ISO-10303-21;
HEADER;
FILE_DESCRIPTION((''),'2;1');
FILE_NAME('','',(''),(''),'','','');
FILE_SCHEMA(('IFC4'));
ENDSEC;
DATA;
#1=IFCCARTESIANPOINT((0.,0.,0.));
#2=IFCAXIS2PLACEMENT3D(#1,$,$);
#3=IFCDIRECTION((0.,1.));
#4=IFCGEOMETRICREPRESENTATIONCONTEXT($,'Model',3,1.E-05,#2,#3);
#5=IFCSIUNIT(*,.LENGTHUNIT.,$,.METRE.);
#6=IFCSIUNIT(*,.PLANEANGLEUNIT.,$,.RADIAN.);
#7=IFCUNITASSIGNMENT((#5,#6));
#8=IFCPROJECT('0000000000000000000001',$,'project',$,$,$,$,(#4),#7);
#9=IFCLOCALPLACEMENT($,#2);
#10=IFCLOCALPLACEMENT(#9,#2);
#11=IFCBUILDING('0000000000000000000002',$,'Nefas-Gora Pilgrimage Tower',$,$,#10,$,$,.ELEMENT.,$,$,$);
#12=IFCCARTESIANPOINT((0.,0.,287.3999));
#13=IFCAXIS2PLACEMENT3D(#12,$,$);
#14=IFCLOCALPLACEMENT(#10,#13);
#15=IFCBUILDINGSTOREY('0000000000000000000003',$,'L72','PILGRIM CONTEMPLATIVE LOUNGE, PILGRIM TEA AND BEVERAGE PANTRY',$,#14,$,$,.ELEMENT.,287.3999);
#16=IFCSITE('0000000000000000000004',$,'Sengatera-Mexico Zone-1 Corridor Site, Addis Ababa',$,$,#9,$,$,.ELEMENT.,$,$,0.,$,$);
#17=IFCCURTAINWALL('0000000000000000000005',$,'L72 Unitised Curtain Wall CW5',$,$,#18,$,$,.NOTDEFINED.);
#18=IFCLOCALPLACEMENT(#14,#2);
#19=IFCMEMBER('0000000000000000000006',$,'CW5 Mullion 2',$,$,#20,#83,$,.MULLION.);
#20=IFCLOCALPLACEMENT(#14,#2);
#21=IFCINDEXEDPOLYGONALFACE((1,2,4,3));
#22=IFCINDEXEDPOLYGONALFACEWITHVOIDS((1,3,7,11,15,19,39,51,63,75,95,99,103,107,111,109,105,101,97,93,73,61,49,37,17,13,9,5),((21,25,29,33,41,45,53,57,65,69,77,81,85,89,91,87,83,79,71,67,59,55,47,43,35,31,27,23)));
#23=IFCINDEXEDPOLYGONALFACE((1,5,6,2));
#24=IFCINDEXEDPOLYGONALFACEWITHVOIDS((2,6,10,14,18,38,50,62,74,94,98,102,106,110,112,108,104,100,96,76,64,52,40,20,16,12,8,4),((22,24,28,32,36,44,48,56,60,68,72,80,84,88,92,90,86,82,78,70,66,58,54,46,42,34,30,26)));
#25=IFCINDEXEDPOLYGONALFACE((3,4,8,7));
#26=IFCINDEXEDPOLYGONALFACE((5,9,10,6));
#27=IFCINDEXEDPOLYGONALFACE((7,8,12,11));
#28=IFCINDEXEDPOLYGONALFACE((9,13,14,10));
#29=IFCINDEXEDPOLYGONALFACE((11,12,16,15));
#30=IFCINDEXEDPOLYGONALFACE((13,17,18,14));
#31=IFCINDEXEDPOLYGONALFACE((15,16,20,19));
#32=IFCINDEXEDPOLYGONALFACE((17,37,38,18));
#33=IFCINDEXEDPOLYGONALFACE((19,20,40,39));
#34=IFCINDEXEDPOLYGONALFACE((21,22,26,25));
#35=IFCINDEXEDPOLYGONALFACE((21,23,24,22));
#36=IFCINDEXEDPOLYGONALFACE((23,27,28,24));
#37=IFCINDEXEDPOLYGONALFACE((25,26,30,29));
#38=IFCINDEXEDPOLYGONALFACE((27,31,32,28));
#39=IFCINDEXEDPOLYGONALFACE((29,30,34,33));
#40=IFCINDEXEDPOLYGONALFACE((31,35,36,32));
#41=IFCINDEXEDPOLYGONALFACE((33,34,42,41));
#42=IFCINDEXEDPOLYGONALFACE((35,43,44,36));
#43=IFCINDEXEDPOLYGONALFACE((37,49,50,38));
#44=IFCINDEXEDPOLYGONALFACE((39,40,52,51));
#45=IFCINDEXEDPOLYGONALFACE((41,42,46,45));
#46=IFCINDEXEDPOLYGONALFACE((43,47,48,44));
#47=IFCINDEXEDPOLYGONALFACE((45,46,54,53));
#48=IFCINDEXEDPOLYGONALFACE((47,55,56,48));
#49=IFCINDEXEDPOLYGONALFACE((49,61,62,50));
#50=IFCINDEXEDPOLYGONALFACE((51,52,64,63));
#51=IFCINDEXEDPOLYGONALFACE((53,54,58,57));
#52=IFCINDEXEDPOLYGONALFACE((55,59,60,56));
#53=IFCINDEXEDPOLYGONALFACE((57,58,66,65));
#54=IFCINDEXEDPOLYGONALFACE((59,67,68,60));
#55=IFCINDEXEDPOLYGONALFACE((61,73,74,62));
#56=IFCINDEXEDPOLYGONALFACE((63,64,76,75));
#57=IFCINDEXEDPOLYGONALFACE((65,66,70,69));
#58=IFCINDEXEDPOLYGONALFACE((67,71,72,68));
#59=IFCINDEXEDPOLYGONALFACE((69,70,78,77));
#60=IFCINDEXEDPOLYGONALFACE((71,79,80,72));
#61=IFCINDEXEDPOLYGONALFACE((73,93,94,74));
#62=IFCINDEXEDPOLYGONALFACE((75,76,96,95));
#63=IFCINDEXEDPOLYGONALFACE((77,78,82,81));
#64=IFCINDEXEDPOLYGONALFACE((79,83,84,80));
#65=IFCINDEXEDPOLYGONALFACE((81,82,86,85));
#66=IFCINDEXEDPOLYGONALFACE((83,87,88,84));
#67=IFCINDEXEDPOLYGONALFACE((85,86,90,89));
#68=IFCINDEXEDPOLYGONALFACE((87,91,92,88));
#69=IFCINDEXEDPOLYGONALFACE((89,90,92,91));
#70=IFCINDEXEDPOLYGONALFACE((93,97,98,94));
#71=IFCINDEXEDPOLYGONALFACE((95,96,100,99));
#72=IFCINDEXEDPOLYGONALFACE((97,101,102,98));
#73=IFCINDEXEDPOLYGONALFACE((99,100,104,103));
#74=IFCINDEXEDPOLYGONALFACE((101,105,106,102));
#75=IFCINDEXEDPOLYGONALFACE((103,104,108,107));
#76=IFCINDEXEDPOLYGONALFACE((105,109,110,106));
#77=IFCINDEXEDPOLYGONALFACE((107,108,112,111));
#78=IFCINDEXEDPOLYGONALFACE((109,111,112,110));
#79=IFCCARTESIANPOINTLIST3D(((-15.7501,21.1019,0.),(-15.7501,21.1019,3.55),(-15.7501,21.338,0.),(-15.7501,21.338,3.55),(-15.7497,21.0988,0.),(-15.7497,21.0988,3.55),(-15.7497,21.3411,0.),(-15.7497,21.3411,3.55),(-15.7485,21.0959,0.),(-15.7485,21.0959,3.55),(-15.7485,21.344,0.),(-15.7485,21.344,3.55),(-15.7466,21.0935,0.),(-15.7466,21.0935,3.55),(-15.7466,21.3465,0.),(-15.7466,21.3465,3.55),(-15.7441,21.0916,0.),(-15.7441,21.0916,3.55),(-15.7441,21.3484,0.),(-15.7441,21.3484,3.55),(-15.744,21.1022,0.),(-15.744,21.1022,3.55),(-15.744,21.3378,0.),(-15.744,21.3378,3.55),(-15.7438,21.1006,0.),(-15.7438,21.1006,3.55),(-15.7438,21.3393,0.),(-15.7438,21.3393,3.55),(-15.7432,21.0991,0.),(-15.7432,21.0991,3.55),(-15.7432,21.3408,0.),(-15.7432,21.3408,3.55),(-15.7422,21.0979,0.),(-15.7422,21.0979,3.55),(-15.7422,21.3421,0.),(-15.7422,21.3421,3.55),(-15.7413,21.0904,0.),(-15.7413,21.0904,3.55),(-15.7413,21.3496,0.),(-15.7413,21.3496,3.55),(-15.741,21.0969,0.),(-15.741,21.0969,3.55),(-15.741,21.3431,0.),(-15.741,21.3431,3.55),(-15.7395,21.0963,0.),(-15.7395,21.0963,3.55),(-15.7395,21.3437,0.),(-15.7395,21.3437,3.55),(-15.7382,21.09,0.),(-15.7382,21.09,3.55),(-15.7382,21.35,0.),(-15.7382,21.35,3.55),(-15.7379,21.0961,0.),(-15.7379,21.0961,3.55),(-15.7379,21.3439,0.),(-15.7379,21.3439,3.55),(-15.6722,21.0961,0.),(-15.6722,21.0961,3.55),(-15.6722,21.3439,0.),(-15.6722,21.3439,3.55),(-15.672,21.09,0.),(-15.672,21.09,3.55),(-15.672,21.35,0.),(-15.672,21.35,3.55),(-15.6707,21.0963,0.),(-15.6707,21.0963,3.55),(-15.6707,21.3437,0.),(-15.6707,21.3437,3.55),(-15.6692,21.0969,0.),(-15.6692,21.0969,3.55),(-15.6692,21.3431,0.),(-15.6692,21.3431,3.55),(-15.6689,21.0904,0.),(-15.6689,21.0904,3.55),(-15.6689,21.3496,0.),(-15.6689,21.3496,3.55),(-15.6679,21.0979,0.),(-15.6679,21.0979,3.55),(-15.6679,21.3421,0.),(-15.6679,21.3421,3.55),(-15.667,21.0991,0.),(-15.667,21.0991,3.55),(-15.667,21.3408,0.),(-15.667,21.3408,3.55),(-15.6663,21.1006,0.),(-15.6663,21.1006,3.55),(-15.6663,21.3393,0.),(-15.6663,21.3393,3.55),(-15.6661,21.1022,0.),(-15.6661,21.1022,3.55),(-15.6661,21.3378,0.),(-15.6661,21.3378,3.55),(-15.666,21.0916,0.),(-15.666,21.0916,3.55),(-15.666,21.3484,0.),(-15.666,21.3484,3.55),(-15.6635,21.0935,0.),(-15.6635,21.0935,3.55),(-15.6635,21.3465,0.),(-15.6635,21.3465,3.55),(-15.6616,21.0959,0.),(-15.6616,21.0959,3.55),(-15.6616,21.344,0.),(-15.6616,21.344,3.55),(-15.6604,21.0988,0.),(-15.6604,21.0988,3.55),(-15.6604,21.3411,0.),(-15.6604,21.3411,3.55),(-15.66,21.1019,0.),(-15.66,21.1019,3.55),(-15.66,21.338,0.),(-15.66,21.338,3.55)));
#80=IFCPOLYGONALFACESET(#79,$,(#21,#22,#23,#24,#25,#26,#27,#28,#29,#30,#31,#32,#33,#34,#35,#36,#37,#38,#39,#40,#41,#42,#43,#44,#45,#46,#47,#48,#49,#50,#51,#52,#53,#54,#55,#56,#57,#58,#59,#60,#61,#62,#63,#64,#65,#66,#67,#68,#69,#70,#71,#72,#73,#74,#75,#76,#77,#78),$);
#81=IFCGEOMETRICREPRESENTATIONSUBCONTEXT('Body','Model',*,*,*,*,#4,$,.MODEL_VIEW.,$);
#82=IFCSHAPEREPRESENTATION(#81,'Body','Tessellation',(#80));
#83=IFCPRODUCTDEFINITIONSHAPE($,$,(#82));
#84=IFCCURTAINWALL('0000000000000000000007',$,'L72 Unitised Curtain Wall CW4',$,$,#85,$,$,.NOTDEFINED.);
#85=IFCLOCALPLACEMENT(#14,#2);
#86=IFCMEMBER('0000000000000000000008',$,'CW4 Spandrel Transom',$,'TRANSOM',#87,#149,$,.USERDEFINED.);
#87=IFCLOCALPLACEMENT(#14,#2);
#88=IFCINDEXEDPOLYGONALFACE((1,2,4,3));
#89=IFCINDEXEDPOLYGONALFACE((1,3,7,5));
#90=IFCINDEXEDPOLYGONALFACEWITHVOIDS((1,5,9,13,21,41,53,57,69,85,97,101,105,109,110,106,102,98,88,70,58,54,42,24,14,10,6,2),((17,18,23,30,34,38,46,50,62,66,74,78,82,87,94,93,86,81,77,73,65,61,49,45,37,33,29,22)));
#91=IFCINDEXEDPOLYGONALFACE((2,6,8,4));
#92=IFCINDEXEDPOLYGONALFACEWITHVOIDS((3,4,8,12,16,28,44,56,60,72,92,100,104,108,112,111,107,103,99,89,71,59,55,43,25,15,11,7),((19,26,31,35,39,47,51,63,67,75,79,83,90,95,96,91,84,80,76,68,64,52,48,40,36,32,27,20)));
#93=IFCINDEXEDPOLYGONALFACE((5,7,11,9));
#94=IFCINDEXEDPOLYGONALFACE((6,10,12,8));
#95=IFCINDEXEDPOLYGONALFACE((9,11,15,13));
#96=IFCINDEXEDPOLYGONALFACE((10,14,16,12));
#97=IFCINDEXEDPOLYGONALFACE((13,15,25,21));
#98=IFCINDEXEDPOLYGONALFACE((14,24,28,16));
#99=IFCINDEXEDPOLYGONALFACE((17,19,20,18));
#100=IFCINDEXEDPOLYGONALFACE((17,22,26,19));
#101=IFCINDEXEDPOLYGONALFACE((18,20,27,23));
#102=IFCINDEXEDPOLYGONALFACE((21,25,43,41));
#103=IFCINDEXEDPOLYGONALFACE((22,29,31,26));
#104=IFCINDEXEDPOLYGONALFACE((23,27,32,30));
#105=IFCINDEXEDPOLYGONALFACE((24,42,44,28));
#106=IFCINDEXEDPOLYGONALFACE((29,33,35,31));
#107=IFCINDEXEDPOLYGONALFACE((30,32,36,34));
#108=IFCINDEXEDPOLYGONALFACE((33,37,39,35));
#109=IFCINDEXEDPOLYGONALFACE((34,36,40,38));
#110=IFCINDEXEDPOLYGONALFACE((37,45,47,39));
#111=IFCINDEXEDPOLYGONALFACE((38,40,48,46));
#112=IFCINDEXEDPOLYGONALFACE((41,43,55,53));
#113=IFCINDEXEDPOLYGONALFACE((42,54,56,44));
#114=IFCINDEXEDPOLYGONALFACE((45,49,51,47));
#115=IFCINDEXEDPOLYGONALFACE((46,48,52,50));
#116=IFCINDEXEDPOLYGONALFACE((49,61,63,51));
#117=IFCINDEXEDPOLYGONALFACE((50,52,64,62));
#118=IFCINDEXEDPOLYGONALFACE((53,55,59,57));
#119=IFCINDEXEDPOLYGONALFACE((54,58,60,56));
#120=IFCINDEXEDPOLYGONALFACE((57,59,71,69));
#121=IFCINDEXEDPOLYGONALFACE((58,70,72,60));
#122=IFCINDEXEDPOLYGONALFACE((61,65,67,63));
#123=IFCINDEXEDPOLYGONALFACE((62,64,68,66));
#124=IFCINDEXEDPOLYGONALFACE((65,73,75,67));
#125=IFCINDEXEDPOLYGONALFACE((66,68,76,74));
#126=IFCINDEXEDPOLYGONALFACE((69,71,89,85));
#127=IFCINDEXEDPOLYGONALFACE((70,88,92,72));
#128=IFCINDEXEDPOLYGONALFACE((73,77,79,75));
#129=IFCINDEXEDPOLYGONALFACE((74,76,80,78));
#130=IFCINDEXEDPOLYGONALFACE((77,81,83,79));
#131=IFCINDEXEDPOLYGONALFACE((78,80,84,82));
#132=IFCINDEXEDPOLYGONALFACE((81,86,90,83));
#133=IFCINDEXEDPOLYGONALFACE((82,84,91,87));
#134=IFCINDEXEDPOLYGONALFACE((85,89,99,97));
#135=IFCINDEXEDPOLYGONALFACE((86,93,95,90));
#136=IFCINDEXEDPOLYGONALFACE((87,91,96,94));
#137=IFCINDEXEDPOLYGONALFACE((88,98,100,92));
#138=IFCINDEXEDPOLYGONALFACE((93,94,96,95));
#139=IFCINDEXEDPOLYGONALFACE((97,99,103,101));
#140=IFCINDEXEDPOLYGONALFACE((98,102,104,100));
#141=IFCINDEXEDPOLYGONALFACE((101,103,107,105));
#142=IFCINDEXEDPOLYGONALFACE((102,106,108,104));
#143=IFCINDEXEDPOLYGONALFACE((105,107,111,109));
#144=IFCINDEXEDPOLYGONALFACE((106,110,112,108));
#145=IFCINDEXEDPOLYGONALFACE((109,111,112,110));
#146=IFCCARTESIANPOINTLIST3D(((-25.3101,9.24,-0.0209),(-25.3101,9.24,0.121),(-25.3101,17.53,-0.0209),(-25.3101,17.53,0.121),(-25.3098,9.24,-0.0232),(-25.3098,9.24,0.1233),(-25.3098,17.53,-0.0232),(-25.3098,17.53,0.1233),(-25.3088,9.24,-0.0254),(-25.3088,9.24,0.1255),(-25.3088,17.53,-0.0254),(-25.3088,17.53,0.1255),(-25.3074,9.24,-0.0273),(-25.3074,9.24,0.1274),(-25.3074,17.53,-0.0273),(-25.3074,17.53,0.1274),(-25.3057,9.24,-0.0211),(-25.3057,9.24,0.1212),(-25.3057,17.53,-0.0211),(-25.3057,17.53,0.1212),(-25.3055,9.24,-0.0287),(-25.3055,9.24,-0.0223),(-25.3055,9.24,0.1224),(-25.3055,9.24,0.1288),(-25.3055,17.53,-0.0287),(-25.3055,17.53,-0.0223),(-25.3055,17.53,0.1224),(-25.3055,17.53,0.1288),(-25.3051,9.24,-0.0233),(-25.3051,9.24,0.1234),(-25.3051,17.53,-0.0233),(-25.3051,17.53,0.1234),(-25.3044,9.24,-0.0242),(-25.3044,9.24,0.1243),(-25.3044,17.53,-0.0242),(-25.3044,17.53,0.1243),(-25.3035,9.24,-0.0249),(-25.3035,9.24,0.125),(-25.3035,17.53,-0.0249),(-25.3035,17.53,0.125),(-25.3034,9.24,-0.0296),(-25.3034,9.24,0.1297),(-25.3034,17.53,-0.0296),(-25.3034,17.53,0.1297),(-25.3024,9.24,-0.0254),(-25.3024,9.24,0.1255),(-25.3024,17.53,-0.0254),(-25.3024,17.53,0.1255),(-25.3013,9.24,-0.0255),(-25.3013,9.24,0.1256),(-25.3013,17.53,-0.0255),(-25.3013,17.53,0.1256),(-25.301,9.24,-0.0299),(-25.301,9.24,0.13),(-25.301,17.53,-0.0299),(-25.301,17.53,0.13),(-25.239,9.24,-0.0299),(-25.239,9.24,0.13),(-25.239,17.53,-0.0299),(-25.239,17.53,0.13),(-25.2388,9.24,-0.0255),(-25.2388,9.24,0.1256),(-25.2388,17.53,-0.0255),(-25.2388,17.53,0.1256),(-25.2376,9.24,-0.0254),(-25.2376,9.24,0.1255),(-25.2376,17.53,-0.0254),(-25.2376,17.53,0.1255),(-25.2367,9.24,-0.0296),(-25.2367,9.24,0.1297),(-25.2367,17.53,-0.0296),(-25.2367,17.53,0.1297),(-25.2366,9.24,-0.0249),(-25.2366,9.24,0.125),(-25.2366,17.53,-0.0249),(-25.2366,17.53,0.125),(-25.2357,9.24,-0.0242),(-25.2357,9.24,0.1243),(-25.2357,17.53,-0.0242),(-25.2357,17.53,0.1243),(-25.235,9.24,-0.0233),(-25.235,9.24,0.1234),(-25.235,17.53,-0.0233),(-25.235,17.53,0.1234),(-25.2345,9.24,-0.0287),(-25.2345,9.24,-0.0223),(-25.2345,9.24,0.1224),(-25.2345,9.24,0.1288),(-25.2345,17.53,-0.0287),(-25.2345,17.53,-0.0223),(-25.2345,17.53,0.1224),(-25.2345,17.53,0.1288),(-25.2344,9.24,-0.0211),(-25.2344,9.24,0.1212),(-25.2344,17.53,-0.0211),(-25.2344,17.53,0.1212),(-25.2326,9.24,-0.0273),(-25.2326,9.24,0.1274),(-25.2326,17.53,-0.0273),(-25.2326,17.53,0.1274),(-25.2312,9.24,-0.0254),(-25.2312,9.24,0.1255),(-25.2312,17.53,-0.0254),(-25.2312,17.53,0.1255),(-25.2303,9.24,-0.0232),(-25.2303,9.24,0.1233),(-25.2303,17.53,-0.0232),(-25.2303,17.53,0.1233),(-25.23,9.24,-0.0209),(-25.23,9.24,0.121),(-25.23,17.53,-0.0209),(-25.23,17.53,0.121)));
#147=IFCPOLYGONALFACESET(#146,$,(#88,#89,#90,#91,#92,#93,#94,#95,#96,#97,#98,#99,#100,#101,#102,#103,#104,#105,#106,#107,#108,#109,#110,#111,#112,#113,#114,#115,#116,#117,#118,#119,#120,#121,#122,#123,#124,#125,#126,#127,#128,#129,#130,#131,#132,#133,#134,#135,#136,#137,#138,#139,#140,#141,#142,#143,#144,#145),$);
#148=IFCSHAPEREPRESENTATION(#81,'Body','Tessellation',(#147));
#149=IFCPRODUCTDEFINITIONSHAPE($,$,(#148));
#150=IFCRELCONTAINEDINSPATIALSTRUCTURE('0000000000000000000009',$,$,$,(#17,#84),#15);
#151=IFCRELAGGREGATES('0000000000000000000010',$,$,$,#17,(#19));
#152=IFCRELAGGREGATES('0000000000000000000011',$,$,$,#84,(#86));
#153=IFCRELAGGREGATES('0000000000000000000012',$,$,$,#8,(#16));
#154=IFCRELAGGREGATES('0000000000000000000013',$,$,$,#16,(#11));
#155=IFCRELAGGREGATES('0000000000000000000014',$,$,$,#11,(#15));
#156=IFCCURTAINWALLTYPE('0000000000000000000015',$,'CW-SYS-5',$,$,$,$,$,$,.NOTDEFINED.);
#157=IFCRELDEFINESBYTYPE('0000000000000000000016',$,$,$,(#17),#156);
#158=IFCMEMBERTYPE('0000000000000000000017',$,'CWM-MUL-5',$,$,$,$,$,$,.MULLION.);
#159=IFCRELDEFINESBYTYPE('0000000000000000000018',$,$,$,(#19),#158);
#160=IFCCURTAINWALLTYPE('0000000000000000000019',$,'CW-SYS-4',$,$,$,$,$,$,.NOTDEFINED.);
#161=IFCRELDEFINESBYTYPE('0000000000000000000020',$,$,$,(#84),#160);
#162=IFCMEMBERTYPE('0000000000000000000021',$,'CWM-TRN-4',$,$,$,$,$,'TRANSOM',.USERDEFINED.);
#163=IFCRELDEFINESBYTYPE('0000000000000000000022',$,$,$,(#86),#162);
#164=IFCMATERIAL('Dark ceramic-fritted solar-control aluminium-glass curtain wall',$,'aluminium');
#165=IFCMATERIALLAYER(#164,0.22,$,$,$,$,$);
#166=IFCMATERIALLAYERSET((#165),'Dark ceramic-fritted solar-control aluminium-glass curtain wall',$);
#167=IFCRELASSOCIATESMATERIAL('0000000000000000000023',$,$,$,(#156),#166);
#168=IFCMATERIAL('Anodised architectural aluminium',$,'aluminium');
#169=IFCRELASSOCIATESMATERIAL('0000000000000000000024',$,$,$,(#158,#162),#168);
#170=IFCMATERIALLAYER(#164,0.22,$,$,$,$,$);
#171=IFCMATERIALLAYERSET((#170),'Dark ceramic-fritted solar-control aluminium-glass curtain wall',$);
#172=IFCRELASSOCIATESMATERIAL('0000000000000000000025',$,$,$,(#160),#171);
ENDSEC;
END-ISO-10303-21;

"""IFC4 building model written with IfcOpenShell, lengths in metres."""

from ifc_helpers import new_model, si_unit, direction, frame, origin, origin_2d, place, context, subcontext, project, spatial, hollow_rectangle, extrude, source, transform, mapped, material, layer, layer_set, material_profile, profile_set, type_object, element, aggregate, save


model = new_model("IFC4")

# Units and contexts
model_context = context("Model", 3, precision=1e-05, world=origin(), true_north=direction((0.0, 1.0)))
body_context = subcontext(model_context, "Body", "Model", "MODEL_VIEW")
ifc_project = project(units=[si_unit("LENGTHUNIT", "METRE"), si_unit("PLANEANGLEUNIT", "RADIAN")], contexts=[model_context])

# Site, building, storey
site_placement = place(None, origin())
site = spatial("IfcSite", under=ifc_project, at=site_placement, Name="Sengatera-Mexico Zone-1 Corridor Site, Addis Ababa", CompositionType="ELEMENT", RefElevation=0.0)
building_placement = place(site_placement, origin())
building = spatial("IfcBuilding", under=site, at=building_placement, Name="Nefas-Gora Pilgrimage Tower", CompositionType="ELEMENT")
storey_placement = place(building_placement, frame((0.0, 0.0, 287.3999)))
storey = spatial("IfcBuildingStorey", under=building, at=storey_placement, Name="L72", Description="PILGRIM CONTEMPLATIVE LOUNGE, PILGRIM TEA AND BEVERAGE PANTRY", CompositionType="ELEMENT", Elevation=287.3999)

# Curtain walls, members
ifc_material_1 = material(Name="Dark ceramic-fritted solar-control aluminium-glass curtain wall", Category="aluminium")
ifc_layer_1 = layer(ifc_material_1, 0.22)
ifc_layer_set_1 = layer_set([ifc_layer_1], Name="Dark ceramic-fritted solar-control aluminium-glass curtain wall")
curtain_wall_type_1 = type_object("IfcCurtainWallType", Name="CW-SYS-5", PredefinedType="NOTDEFINED", material=ifc_layer_set_1)
curtain_wall_1_placement = place(storey_placement, origin())
curtain_wall_1 = element("IfcCurtainWall", 1, at=curtain_wall_1_placement, inside=storey, type_object=curtain_wall_type_1, Name="L72 Unitised Curtain Wall CW5", PredefinedType="NOTDEFINED")
ifc_material_2 = material(Name="Anodised architectural aluminium", Category="aluminium")
ifc_material_profile_1 = material_profile(ifc_material_2, hollow_rectangle(XDim=0.0901, YDim=0.26, WallThickness=0.0061, InnerFilletRadius=0.0061, OuterFilletRadius=0.012, at=origin_2d()), Name="ALU MULLION 90x260")
ifc_profile_set_1 = profile_set([ifc_material_profile_1], Name="Anodised architectural aluminium")
member_type_1 = type_object("IfcMemberType", Name="CWM-MUL-5", PredefinedType="MULLION", material=ifc_profile_set_1)
shared_shape_1 = source(origin(), body_context, "Body", "SweptSolid", [
    extrude(hollow_rectangle(XDim=0.0901, YDim=0.26, WallThickness=0.0061, InnerFilletRadius=0.0061, OuterFilletRadius=0.012, at=origin_2d()), origin(), (0.0, 0.0, 1.0), 3.55),
])
member_1_placement = place(storey_placement, frame((-15.7051, 21.22, 0.0), z_axis=(0.0, 0.0, 1.0), x_axis=(-1.0, 0.0, 0.0)))
member_1 = element("IfcMember", 2, at=member_1_placement, type_object=member_type_1, Name="CW5 Mullion 2", PredefinedType="MULLION", context=body_context, shape_type="MappedRepresentation", body=[
    mapped(shared_shape_1, transform((0.0, 0.0, 0.0), x_axis=(1.0, 0.0, 0.0), y_axis=(0.0, 1.0, 0.0), z_axis=(0.0, 0.0, 1.0), scale=1.0)),
])
ifc_layer_2 = layer(ifc_material_1, 0.22)
ifc_layer_set_2 = layer_set([ifc_layer_2], Name="Dark ceramic-fritted solar-control aluminium-glass curtain wall")
curtain_wall_type_2 = type_object("IfcCurtainWallType", Name="CW-SYS-4", PredefinedType="NOTDEFINED", material=ifc_layer_set_2)
curtain_wall_2_placement = place(storey_placement, origin())
curtain_wall_2 = element("IfcCurtainWall", 3, at=curtain_wall_2_placement, inside=storey, type_object=curtain_wall_type_2, Name="L72 Unitised Curtain Wall CW4", PredefinedType="NOTDEFINED")
ifc_material_profile_2 = material_profile(ifc_material_2, hollow_rectangle(XDim=0.0801, YDim=0.1599, WallThickness=0.0044, InnerFilletRadius=0.0044, OuterFilletRadius=0.009, at=origin_2d()), Name="ALU TRANSOM 80x160")
ifc_profile_set_2 = profile_set([ifc_material_profile_2], Name="Anodised architectural aluminium")
member_type_2 = type_object("IfcMemberType", Name="CWM-TRN-4", ElementType="TRANSOM", PredefinedType="USERDEFINED", material=ifc_profile_set_2)
shared_shape_2 = source(origin(), body_context, "Body", "SweptSolid", [
    extrude(hollow_rectangle(XDim=0.0801, YDim=0.1599, WallThickness=0.0044, InnerFilletRadius=0.0044, OuterFilletRadius=0.009, at=origin_2d()), origin(), (0.0, 0.0, 1.0), 8.29),
])
member_2_placement = place(storey_placement, frame((-25.27, 17.53, 0.05), z_axis=(0.0, -1.0, 0.0), x_axis=(1.0, 0.0, 0.0)))
member_2 = element("IfcMember", 4, at=member_2_placement, type_object=member_type_2, Name="CW4 Spandrel Transom", ObjectType="TRANSOM", PredefinedType="USERDEFINED", context=body_context, shape_type="MappedRepresentation", body=[
    mapped(shared_shape_2, transform((0.0, 0.0, 0.0), x_axis=(1.0, 0.0, 0.0), y_axis=(0.0, 1.0, 0.0), z_axis=(0.0, 0.0, 1.0), scale=1.0)),
])

aggregate(curtain_wall_1, [member_1])
aggregate(curtain_wall_2, [member_2])

save(model, "model.ifc")
